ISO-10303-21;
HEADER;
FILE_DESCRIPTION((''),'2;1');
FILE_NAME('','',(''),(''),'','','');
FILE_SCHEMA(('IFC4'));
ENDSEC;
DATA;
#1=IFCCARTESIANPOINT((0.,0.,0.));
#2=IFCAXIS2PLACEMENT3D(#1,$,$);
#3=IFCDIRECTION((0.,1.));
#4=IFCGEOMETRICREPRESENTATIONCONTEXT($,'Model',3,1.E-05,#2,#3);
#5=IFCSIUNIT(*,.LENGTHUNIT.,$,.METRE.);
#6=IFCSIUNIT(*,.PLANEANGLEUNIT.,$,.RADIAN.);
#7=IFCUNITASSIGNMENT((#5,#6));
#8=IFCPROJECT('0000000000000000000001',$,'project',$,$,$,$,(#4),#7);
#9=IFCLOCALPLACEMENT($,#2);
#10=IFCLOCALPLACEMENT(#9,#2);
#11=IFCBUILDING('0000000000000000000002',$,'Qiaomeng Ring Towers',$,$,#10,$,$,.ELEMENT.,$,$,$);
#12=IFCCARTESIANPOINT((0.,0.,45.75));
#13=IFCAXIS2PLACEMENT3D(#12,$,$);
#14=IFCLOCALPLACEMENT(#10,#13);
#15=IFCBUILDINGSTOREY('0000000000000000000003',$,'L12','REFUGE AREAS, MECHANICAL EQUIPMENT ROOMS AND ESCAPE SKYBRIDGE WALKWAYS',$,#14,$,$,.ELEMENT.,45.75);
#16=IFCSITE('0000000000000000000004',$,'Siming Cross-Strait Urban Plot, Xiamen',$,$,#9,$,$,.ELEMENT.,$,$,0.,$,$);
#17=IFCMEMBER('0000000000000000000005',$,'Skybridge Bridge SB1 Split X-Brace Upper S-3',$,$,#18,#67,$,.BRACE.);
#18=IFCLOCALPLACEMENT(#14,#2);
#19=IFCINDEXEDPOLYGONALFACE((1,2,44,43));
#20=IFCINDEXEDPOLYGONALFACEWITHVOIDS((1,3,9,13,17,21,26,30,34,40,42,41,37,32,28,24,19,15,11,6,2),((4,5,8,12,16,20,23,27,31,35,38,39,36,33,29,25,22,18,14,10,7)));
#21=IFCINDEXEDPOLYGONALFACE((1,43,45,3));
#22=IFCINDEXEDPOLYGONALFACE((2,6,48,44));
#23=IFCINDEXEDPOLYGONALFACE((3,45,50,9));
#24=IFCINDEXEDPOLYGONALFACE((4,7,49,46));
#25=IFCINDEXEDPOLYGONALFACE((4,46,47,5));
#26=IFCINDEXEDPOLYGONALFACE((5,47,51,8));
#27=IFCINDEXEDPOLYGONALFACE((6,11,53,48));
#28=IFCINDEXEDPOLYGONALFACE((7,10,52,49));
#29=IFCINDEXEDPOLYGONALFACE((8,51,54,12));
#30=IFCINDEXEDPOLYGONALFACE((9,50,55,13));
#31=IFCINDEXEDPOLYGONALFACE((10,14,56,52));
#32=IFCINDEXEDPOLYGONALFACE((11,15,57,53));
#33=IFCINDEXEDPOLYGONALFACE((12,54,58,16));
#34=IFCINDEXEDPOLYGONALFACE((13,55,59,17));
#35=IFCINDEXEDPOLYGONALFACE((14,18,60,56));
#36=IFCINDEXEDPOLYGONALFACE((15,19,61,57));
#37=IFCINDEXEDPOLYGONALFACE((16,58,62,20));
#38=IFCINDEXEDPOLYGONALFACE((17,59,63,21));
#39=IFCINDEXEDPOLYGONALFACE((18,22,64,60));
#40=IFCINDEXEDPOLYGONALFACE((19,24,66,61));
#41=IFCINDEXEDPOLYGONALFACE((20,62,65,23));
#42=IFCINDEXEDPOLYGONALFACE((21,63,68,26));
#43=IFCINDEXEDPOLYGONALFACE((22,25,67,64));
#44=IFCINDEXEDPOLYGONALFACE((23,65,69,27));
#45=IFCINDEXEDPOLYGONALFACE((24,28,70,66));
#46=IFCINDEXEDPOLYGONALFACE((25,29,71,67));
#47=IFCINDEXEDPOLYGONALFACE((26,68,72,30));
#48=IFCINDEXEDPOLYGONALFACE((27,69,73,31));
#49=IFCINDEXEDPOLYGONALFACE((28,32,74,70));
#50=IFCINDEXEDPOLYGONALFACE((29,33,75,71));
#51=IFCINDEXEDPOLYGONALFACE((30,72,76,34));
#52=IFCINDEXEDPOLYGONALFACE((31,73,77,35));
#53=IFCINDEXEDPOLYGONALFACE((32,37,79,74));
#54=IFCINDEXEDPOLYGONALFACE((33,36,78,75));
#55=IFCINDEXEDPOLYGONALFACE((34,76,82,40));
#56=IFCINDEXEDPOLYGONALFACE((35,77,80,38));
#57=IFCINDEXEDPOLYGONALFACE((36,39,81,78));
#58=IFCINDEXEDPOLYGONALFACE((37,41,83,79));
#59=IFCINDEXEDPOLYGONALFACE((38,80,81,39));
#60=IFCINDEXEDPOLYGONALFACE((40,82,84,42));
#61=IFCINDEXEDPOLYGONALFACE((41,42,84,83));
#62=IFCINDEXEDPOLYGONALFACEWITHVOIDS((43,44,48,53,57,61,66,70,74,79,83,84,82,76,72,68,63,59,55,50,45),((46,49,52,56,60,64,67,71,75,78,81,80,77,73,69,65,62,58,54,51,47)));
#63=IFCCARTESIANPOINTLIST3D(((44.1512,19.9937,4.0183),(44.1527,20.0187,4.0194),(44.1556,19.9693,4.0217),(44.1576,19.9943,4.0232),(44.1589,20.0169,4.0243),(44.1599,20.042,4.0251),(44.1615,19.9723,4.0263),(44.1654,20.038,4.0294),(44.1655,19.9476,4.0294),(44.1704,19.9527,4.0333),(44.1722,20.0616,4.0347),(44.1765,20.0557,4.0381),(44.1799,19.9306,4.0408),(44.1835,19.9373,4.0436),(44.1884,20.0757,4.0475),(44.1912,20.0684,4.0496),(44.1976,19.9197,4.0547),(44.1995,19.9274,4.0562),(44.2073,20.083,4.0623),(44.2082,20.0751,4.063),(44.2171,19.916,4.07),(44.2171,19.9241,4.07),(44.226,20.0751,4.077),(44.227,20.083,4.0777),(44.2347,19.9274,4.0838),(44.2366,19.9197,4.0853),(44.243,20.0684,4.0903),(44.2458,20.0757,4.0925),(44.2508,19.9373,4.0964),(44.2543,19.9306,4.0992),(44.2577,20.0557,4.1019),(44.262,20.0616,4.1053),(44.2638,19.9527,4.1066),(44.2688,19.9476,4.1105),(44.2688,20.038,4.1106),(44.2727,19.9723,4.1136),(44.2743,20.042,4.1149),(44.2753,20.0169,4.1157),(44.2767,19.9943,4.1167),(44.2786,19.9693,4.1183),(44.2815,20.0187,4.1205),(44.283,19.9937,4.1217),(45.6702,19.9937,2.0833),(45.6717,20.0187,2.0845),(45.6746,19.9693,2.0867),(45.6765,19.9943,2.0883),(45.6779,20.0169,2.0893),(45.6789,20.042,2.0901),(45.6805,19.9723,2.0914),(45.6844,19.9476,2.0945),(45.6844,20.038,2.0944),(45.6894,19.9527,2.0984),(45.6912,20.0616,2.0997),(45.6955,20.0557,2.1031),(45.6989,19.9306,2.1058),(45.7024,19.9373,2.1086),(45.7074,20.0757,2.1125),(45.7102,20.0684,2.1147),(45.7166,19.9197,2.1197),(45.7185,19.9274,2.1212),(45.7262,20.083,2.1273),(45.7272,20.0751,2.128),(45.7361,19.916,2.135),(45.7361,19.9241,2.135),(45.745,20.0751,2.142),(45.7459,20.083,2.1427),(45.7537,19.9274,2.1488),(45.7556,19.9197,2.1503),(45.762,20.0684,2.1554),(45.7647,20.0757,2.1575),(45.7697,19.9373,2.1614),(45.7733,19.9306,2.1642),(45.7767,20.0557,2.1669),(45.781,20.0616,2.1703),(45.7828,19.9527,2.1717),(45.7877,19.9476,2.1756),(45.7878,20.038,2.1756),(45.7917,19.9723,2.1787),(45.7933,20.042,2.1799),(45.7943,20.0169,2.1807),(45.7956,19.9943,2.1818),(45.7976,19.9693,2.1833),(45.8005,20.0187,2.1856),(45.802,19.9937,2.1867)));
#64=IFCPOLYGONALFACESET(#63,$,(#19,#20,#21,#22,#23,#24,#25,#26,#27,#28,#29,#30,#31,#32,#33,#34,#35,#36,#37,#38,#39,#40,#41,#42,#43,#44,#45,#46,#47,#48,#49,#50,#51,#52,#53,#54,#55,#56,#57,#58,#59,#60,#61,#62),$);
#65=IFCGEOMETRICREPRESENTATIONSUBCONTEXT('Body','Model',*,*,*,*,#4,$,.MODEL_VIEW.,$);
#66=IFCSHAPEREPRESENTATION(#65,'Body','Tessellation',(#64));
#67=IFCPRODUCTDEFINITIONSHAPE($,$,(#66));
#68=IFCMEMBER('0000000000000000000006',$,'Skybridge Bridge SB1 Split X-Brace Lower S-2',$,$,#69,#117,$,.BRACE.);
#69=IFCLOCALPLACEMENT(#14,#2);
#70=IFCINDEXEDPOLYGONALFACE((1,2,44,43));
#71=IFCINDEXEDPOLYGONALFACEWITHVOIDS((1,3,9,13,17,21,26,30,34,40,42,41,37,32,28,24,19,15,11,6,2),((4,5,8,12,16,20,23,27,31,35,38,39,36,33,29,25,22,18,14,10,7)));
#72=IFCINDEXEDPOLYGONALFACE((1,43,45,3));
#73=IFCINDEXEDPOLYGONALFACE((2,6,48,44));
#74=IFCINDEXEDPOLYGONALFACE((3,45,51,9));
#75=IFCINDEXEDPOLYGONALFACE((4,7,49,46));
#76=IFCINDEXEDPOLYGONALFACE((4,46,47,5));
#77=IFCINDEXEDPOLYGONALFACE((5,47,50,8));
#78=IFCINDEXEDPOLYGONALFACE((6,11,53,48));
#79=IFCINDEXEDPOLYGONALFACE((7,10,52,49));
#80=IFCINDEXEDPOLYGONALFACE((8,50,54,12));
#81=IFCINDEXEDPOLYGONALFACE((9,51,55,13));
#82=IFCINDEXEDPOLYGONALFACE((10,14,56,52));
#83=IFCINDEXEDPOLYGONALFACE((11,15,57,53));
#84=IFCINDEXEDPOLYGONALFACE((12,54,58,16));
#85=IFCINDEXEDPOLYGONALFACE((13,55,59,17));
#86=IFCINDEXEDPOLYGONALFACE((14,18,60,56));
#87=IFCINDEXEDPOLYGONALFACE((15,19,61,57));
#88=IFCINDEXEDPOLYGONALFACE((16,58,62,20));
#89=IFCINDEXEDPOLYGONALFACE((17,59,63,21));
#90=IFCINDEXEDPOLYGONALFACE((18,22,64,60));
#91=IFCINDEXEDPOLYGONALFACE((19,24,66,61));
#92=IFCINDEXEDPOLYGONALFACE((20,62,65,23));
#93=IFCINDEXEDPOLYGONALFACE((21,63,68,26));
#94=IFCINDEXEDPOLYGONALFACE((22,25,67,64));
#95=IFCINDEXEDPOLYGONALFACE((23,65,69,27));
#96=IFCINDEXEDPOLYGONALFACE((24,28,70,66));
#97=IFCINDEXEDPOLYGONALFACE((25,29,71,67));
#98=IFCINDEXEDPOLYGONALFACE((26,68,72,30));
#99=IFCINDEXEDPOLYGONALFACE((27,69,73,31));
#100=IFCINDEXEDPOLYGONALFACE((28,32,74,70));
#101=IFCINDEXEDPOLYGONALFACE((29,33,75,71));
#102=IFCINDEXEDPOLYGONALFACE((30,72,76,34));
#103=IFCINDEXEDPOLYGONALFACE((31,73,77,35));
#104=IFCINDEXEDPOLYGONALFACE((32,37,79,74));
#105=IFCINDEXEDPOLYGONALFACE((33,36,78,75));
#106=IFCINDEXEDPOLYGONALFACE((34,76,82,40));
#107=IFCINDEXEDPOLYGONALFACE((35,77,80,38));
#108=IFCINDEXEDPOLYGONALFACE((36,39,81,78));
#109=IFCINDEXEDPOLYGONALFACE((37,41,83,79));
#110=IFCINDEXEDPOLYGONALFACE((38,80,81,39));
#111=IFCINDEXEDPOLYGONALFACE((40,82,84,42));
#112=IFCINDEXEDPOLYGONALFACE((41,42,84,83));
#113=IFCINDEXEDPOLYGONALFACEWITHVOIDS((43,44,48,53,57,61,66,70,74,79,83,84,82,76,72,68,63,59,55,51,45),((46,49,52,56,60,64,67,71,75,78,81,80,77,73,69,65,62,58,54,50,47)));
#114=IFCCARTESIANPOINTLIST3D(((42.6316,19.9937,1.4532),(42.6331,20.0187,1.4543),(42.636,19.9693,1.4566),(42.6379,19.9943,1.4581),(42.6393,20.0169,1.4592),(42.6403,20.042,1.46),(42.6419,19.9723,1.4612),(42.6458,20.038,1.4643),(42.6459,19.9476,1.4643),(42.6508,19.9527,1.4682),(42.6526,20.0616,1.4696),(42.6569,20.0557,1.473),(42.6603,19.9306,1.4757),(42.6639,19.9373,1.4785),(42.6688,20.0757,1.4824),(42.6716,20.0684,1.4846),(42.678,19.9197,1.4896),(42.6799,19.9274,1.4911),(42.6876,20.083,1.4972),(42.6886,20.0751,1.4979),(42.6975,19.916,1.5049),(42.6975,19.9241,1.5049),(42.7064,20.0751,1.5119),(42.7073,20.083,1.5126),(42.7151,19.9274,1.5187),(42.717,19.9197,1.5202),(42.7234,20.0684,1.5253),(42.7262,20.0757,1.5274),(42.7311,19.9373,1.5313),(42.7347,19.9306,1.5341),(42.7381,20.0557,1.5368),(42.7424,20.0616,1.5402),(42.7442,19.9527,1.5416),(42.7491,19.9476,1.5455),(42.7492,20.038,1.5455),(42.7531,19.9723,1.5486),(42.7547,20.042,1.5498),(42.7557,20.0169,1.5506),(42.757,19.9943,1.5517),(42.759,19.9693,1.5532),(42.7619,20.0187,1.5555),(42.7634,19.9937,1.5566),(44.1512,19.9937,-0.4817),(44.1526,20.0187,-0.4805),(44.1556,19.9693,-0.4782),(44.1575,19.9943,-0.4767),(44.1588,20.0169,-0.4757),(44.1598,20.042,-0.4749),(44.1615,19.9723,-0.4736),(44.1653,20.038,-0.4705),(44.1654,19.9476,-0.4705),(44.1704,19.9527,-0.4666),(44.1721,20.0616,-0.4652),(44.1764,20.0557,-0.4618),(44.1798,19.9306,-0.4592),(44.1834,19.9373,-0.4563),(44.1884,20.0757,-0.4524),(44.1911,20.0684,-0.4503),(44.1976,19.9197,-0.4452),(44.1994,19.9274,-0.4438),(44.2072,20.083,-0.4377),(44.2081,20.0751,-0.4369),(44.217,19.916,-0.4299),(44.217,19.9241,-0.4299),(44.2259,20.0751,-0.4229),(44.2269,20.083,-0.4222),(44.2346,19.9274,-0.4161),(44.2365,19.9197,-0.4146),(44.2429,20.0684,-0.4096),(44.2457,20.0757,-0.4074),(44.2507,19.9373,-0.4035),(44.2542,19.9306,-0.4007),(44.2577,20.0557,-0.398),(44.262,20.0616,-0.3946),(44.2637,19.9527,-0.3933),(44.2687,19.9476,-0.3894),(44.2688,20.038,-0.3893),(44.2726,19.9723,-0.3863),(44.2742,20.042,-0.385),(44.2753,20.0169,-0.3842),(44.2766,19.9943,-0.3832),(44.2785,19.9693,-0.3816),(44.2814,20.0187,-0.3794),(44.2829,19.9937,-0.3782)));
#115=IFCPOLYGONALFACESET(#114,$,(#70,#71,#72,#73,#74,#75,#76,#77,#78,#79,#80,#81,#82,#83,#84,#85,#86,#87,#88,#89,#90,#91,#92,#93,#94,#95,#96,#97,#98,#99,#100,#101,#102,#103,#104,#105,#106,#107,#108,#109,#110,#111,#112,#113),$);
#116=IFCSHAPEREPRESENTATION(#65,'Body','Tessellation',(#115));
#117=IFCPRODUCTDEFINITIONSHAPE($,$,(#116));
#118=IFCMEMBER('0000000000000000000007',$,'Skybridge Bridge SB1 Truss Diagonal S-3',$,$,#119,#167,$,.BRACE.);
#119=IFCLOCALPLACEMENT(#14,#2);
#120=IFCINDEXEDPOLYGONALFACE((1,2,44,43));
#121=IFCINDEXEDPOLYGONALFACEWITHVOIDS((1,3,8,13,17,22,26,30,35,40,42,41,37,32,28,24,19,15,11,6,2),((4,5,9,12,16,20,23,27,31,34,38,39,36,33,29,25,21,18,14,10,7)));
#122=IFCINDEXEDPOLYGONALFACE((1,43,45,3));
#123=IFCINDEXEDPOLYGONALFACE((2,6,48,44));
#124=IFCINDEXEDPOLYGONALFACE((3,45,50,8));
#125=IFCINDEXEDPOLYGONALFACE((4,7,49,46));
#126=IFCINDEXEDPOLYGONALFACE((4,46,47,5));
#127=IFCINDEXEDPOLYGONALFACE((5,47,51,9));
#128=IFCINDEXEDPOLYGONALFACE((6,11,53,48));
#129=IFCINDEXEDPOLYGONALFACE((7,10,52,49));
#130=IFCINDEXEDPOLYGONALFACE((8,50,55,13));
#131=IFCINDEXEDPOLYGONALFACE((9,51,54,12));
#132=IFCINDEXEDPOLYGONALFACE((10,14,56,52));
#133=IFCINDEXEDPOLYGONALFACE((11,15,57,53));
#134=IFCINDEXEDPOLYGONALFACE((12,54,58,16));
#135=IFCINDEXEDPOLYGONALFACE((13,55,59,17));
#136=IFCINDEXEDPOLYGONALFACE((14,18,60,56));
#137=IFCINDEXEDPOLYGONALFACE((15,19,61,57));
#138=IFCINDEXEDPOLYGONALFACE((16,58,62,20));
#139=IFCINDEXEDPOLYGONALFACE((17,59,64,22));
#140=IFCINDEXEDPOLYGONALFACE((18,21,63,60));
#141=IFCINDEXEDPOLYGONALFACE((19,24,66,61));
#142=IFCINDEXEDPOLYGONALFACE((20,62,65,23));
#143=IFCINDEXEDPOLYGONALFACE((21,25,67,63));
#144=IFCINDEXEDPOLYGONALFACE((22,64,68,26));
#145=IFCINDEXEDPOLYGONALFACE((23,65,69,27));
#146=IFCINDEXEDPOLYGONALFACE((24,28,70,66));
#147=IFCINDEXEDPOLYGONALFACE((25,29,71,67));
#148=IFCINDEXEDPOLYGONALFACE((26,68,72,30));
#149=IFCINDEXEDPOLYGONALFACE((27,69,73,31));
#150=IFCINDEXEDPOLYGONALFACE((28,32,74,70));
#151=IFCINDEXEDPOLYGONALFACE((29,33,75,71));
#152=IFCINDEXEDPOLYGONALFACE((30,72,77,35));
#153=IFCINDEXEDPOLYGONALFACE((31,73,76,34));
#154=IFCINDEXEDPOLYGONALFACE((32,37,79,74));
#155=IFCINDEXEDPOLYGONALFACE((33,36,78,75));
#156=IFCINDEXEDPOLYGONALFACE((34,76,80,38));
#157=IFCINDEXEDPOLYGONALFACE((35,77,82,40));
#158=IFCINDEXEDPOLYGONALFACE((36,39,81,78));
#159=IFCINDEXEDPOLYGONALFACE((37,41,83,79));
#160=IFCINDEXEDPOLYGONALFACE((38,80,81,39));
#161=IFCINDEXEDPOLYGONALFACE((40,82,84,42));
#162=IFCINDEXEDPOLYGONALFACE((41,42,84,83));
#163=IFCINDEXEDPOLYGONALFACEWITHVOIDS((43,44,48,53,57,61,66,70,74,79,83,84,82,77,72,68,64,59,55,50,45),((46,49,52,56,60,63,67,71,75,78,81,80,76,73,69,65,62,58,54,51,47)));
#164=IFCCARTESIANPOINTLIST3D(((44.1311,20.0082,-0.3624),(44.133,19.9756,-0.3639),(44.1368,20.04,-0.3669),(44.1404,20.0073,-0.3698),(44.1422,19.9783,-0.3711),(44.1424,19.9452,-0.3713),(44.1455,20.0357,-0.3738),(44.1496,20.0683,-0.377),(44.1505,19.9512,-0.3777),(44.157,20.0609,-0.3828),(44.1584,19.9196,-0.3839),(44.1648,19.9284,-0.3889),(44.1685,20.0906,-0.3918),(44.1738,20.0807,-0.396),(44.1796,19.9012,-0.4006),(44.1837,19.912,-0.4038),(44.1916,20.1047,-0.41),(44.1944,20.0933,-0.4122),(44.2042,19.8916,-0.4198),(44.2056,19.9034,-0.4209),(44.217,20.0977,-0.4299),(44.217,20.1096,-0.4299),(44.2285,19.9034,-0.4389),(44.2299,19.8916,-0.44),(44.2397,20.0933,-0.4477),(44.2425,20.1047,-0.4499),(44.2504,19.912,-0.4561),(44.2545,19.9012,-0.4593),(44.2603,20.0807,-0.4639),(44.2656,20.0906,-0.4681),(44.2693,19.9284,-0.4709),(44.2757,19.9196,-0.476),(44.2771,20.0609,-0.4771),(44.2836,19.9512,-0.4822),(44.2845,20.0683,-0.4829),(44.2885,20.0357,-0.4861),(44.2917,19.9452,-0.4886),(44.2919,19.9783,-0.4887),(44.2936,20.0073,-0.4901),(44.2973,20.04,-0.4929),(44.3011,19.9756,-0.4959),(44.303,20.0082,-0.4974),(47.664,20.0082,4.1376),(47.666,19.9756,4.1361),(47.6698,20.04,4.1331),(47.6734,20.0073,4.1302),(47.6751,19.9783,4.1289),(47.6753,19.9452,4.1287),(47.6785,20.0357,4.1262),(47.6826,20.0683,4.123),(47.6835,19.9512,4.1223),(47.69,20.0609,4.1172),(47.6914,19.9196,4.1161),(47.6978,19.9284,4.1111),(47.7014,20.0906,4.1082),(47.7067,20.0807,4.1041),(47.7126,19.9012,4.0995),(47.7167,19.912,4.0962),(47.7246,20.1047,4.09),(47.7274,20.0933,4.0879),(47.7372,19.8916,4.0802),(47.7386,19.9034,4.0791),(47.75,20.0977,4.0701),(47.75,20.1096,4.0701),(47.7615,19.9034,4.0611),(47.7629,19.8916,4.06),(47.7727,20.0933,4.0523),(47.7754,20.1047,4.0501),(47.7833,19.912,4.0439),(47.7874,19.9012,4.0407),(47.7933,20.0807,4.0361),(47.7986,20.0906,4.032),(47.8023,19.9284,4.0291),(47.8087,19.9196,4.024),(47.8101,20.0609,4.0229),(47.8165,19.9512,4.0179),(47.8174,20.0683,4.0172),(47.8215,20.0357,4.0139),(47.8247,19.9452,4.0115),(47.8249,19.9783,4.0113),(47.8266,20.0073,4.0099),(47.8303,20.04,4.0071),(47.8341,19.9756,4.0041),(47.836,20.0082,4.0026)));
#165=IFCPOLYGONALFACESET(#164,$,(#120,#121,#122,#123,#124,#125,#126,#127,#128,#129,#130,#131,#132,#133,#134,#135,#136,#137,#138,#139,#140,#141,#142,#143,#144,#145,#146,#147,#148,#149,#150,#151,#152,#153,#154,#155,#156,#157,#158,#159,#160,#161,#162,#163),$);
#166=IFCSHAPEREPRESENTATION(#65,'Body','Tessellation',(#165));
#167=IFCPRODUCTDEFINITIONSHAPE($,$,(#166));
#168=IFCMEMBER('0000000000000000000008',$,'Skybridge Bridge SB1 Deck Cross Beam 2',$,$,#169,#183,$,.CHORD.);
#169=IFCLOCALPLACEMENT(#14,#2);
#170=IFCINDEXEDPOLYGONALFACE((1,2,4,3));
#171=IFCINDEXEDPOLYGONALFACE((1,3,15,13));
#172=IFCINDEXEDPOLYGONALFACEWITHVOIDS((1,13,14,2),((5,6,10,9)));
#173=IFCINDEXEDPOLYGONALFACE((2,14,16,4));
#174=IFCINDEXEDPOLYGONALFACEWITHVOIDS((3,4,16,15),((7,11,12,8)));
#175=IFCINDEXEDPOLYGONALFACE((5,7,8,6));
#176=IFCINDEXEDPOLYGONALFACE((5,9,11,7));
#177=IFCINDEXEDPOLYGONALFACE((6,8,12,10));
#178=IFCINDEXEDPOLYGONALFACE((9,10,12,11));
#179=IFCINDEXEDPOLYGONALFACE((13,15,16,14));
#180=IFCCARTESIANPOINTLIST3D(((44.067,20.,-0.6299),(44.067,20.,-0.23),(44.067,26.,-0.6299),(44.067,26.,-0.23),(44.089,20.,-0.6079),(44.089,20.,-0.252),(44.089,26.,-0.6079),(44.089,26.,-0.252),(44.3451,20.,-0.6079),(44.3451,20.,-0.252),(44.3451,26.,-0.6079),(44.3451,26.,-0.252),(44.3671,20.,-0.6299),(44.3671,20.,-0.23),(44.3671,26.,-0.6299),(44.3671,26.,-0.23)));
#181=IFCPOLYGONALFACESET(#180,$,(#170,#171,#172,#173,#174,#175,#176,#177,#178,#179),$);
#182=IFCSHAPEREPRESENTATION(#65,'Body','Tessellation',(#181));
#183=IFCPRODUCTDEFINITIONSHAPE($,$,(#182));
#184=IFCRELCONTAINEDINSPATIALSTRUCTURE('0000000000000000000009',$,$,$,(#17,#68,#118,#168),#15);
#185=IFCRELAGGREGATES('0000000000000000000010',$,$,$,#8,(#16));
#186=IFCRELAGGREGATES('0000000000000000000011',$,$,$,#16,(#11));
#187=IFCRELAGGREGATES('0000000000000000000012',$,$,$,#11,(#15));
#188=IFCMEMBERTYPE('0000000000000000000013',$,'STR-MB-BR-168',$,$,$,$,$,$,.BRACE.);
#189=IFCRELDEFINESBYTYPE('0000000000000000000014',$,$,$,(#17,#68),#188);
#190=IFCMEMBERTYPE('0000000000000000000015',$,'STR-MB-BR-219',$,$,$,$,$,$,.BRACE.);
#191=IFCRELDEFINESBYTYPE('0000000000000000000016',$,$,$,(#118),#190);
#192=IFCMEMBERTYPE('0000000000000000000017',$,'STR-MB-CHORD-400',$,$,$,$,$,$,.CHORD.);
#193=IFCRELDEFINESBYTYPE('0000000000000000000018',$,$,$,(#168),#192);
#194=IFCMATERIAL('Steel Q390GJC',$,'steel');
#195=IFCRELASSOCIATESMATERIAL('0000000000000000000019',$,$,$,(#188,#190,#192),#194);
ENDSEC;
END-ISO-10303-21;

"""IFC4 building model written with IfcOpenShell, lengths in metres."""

from ifc_helpers import new_model, si_unit, direction, frame, origin, origin_2d, place, context, subcontext, project, spatial, hollow_rectangle, hollow_circle, extrude, source, transform, mapped, material, material_profile, profile_set, type_object, element, save


model = new_model("IFC4")

# Units and contexts
model_context = context("Model", 3, precision=1e-05, world=origin(), true_north=direction((0.0, 1.0)))
body_context = subcontext(model_context, "Body", "Model", "MODEL_VIEW")
ifc_project = project(units=[si_unit("LENGTHUNIT", "METRE"), si_unit("PLANEANGLEUNIT", "RADIAN")], contexts=[model_context])

# Site, building, storey
site_placement = place(None, origin())
site = spatial("IfcSite", under=ifc_project, at=site_placement, Name="Siming Cross-Strait Urban Plot, Xiamen", CompositionType="ELEMENT", RefElevation=0.0)
building_placement = place(site_placement, origin())
building = spatial("IfcBuilding", under=site, at=building_placement, Name="Qiaomeng Ring Towers", CompositionType="ELEMENT")
storey_placement = place(building_placement, frame((0.0, 0.0, 45.75)))
storey = spatial("IfcBuildingStorey", under=building, at=storey_placement, Name="L12", Description="REFUGE AREAS, MECHANICAL EQUIPMENT ROOMS AND ESCAPE SKYBRIDGE WALKWAYS", CompositionType="ELEMENT", Elevation=45.75)

# Shared definitions
ifc_material_1 = material(Name="Steel Q390GJC", Category="steel")

# Members
ifc_material_profile_1 = material_profile(ifc_material_1, hollow_circle(Radius=0.084, WallThickness=0.0081, at=origin_2d()), Name="CHS 168x8")
ifc_profile_set_1 = profile_set([ifc_material_profile_1], Name="Steel Q390GJC")
member_type_1 = type_object("IfcMemberType", Name="STR-MB-BR-168", PredefinedType="BRACE", material=ifc_profile_set_1)
shared_shape_1 = source(origin(), body_context, "Body", "SweptSolid", [
    extrude(hollow_circle(Radius=0.084, WallThickness=0.0081, at=origin_2d()), origin(), (0.0, 0.0, 1.0), 2.46),
])
for number, where, z_axis, x_axis, name in (
    (1, (45.7361, 20.0, 2.135), (-0.61748, 0.0, 0.786587), (0.0, -1.0, 0.0), "Skybridge Bridge SB1 Split X-Brace Upper S-3"),
):
    element("IfcMember", number, at=place(storey_placement, frame(where, z_axis=z_axis, x_axis=x_axis)), inside=storey, type_object=member_type_1, Name=name, PredefinedType="BRACE", context=body_context, shape_type="MappedRepresentation", body=[
        mapped(shared_shape_1, transform((0.0, 0.0, 0.0), x_axis=(1.0, 0.0, 0.0), y_axis=(0.0, 1.0, 0.0), z_axis=(0.0, 0.0, 1.0), scale=1.0)),
    ])
shared_shape_2 = source(origin(), body_context, "Body", "SweptSolid", [
    extrude(hollow_circle(Radius=0.084, WallThickness=0.0081, at=origin_2d()), origin(), (0.0, 0.0, 1.0), 2.4602),
])
member_1_placement = place(storey_placement, frame((44.217, 20.0, -0.4299), z_axis=(-0.617651, 0.0, 0.786453), x_axis=(0.0, -1.0, 0.0)))
element("IfcMember", 2, at=member_1_placement, inside=storey, type_object=member_type_1, Name="Skybridge Bridge SB1 Split X-Brace Lower S-2", PredefinedType="BRACE", context=body_context, shape_type="MappedRepresentation", body=[
    mapped(shared_shape_2, transform((0.0, 0.0, 0.0), x_axis=(1.0, 0.0, 0.0), y_axis=(0.0, 1.0, 0.0), z_axis=(0.0, 0.0, 1.0), scale=1.0)),
])
ifc_material_profile_2 = material_profile(ifc_material_1, hollow_circle(Radius=0.1096, WallThickness=0.012, at=origin_2d()), Name="CHS 219x12")
ifc_profile_set_2 = profile_set([ifc_material_profile_2], Name="Steel Q390GJC")
member_type_2 = type_object("IfcMemberType", Name="STR-MB-BR-219", PredefinedType="BRACE", material=ifc_profile_set_2)
shared_shape_3 = source(origin(), body_context, "Body", "SweptSolid", [
    extrude(hollow_circle(Radius=0.1096, WallThickness=0.012, at=origin_2d()), origin(), (0.0, 0.0, 1.0), 5.7212),
])
member_2_placement = place(storey_placement, frame((44.217, 20.0, -0.4299), z_axis=(0.617524, 0.0, 0.786552), x_axis=(0.0, 1.0, 0.0)))
element("IfcMember", 3, at=member_2_placement, inside=storey, type_object=member_type_2, Name="Skybridge Bridge SB1 Truss Diagonal S-3", PredefinedType="BRACE", context=body_context, shape_type="MappedRepresentation", body=[
    mapped(shared_shape_3, transform((0.0, 0.0, 0.0), x_axis=(1.0, 0.0, 0.0), y_axis=(0.0, 1.0, 0.0), z_axis=(0.0, 0.0, 1.0), scale=1.0)),
])
ifc_material_profile_3 = material_profile(ifc_material_1, hollow_rectangle(XDim=0.3, YDim=0.3999, WallThickness=0.022, at=origin_2d()), Name="RHS 400x300x22")
ifc_profile_set_3 = profile_set([ifc_material_profile_3], Name="Steel Q390GJC")
member_type_3 = type_object("IfcMemberType", Name="STR-MB-CHORD-400", PredefinedType="CHORD", material=ifc_profile_set_3)
shared_shape_4 = source(origin(), body_context, "Body", "SweptSolid", [
    extrude(hollow_rectangle(XDim=0.3, YDim=0.3999, WallThickness=0.022, at=origin_2d()), origin(), (0.0, 0.0, 1.0), 6.0),
])
for number, where, z_axis, x_axis, name in (
    (4, (44.217, 20.0, -0.4299), (0.0, 1.0, 0.0), (-1.0, 0.0, 0.0), "Skybridge Bridge SB1 Deck Cross Beam 2"),
):
    element("IfcMember", number, at=place(storey_placement, frame(where, z_axis=z_axis, x_axis=x_axis)), inside=storey, type_object=member_type_3, Name=name, PredefinedType="CHORD", context=body_context, shape_type="MappedRepresentation", body=[
        mapped(shared_shape_4, transform((0.0, 0.0, 0.0), x_axis=(1.0, 0.0, 0.0), y_axis=(0.0, 1.0, 0.0), z_axis=(0.0, 0.0, 1.0), scale=1.0)),
    ])

save(model, "model.ifc")
